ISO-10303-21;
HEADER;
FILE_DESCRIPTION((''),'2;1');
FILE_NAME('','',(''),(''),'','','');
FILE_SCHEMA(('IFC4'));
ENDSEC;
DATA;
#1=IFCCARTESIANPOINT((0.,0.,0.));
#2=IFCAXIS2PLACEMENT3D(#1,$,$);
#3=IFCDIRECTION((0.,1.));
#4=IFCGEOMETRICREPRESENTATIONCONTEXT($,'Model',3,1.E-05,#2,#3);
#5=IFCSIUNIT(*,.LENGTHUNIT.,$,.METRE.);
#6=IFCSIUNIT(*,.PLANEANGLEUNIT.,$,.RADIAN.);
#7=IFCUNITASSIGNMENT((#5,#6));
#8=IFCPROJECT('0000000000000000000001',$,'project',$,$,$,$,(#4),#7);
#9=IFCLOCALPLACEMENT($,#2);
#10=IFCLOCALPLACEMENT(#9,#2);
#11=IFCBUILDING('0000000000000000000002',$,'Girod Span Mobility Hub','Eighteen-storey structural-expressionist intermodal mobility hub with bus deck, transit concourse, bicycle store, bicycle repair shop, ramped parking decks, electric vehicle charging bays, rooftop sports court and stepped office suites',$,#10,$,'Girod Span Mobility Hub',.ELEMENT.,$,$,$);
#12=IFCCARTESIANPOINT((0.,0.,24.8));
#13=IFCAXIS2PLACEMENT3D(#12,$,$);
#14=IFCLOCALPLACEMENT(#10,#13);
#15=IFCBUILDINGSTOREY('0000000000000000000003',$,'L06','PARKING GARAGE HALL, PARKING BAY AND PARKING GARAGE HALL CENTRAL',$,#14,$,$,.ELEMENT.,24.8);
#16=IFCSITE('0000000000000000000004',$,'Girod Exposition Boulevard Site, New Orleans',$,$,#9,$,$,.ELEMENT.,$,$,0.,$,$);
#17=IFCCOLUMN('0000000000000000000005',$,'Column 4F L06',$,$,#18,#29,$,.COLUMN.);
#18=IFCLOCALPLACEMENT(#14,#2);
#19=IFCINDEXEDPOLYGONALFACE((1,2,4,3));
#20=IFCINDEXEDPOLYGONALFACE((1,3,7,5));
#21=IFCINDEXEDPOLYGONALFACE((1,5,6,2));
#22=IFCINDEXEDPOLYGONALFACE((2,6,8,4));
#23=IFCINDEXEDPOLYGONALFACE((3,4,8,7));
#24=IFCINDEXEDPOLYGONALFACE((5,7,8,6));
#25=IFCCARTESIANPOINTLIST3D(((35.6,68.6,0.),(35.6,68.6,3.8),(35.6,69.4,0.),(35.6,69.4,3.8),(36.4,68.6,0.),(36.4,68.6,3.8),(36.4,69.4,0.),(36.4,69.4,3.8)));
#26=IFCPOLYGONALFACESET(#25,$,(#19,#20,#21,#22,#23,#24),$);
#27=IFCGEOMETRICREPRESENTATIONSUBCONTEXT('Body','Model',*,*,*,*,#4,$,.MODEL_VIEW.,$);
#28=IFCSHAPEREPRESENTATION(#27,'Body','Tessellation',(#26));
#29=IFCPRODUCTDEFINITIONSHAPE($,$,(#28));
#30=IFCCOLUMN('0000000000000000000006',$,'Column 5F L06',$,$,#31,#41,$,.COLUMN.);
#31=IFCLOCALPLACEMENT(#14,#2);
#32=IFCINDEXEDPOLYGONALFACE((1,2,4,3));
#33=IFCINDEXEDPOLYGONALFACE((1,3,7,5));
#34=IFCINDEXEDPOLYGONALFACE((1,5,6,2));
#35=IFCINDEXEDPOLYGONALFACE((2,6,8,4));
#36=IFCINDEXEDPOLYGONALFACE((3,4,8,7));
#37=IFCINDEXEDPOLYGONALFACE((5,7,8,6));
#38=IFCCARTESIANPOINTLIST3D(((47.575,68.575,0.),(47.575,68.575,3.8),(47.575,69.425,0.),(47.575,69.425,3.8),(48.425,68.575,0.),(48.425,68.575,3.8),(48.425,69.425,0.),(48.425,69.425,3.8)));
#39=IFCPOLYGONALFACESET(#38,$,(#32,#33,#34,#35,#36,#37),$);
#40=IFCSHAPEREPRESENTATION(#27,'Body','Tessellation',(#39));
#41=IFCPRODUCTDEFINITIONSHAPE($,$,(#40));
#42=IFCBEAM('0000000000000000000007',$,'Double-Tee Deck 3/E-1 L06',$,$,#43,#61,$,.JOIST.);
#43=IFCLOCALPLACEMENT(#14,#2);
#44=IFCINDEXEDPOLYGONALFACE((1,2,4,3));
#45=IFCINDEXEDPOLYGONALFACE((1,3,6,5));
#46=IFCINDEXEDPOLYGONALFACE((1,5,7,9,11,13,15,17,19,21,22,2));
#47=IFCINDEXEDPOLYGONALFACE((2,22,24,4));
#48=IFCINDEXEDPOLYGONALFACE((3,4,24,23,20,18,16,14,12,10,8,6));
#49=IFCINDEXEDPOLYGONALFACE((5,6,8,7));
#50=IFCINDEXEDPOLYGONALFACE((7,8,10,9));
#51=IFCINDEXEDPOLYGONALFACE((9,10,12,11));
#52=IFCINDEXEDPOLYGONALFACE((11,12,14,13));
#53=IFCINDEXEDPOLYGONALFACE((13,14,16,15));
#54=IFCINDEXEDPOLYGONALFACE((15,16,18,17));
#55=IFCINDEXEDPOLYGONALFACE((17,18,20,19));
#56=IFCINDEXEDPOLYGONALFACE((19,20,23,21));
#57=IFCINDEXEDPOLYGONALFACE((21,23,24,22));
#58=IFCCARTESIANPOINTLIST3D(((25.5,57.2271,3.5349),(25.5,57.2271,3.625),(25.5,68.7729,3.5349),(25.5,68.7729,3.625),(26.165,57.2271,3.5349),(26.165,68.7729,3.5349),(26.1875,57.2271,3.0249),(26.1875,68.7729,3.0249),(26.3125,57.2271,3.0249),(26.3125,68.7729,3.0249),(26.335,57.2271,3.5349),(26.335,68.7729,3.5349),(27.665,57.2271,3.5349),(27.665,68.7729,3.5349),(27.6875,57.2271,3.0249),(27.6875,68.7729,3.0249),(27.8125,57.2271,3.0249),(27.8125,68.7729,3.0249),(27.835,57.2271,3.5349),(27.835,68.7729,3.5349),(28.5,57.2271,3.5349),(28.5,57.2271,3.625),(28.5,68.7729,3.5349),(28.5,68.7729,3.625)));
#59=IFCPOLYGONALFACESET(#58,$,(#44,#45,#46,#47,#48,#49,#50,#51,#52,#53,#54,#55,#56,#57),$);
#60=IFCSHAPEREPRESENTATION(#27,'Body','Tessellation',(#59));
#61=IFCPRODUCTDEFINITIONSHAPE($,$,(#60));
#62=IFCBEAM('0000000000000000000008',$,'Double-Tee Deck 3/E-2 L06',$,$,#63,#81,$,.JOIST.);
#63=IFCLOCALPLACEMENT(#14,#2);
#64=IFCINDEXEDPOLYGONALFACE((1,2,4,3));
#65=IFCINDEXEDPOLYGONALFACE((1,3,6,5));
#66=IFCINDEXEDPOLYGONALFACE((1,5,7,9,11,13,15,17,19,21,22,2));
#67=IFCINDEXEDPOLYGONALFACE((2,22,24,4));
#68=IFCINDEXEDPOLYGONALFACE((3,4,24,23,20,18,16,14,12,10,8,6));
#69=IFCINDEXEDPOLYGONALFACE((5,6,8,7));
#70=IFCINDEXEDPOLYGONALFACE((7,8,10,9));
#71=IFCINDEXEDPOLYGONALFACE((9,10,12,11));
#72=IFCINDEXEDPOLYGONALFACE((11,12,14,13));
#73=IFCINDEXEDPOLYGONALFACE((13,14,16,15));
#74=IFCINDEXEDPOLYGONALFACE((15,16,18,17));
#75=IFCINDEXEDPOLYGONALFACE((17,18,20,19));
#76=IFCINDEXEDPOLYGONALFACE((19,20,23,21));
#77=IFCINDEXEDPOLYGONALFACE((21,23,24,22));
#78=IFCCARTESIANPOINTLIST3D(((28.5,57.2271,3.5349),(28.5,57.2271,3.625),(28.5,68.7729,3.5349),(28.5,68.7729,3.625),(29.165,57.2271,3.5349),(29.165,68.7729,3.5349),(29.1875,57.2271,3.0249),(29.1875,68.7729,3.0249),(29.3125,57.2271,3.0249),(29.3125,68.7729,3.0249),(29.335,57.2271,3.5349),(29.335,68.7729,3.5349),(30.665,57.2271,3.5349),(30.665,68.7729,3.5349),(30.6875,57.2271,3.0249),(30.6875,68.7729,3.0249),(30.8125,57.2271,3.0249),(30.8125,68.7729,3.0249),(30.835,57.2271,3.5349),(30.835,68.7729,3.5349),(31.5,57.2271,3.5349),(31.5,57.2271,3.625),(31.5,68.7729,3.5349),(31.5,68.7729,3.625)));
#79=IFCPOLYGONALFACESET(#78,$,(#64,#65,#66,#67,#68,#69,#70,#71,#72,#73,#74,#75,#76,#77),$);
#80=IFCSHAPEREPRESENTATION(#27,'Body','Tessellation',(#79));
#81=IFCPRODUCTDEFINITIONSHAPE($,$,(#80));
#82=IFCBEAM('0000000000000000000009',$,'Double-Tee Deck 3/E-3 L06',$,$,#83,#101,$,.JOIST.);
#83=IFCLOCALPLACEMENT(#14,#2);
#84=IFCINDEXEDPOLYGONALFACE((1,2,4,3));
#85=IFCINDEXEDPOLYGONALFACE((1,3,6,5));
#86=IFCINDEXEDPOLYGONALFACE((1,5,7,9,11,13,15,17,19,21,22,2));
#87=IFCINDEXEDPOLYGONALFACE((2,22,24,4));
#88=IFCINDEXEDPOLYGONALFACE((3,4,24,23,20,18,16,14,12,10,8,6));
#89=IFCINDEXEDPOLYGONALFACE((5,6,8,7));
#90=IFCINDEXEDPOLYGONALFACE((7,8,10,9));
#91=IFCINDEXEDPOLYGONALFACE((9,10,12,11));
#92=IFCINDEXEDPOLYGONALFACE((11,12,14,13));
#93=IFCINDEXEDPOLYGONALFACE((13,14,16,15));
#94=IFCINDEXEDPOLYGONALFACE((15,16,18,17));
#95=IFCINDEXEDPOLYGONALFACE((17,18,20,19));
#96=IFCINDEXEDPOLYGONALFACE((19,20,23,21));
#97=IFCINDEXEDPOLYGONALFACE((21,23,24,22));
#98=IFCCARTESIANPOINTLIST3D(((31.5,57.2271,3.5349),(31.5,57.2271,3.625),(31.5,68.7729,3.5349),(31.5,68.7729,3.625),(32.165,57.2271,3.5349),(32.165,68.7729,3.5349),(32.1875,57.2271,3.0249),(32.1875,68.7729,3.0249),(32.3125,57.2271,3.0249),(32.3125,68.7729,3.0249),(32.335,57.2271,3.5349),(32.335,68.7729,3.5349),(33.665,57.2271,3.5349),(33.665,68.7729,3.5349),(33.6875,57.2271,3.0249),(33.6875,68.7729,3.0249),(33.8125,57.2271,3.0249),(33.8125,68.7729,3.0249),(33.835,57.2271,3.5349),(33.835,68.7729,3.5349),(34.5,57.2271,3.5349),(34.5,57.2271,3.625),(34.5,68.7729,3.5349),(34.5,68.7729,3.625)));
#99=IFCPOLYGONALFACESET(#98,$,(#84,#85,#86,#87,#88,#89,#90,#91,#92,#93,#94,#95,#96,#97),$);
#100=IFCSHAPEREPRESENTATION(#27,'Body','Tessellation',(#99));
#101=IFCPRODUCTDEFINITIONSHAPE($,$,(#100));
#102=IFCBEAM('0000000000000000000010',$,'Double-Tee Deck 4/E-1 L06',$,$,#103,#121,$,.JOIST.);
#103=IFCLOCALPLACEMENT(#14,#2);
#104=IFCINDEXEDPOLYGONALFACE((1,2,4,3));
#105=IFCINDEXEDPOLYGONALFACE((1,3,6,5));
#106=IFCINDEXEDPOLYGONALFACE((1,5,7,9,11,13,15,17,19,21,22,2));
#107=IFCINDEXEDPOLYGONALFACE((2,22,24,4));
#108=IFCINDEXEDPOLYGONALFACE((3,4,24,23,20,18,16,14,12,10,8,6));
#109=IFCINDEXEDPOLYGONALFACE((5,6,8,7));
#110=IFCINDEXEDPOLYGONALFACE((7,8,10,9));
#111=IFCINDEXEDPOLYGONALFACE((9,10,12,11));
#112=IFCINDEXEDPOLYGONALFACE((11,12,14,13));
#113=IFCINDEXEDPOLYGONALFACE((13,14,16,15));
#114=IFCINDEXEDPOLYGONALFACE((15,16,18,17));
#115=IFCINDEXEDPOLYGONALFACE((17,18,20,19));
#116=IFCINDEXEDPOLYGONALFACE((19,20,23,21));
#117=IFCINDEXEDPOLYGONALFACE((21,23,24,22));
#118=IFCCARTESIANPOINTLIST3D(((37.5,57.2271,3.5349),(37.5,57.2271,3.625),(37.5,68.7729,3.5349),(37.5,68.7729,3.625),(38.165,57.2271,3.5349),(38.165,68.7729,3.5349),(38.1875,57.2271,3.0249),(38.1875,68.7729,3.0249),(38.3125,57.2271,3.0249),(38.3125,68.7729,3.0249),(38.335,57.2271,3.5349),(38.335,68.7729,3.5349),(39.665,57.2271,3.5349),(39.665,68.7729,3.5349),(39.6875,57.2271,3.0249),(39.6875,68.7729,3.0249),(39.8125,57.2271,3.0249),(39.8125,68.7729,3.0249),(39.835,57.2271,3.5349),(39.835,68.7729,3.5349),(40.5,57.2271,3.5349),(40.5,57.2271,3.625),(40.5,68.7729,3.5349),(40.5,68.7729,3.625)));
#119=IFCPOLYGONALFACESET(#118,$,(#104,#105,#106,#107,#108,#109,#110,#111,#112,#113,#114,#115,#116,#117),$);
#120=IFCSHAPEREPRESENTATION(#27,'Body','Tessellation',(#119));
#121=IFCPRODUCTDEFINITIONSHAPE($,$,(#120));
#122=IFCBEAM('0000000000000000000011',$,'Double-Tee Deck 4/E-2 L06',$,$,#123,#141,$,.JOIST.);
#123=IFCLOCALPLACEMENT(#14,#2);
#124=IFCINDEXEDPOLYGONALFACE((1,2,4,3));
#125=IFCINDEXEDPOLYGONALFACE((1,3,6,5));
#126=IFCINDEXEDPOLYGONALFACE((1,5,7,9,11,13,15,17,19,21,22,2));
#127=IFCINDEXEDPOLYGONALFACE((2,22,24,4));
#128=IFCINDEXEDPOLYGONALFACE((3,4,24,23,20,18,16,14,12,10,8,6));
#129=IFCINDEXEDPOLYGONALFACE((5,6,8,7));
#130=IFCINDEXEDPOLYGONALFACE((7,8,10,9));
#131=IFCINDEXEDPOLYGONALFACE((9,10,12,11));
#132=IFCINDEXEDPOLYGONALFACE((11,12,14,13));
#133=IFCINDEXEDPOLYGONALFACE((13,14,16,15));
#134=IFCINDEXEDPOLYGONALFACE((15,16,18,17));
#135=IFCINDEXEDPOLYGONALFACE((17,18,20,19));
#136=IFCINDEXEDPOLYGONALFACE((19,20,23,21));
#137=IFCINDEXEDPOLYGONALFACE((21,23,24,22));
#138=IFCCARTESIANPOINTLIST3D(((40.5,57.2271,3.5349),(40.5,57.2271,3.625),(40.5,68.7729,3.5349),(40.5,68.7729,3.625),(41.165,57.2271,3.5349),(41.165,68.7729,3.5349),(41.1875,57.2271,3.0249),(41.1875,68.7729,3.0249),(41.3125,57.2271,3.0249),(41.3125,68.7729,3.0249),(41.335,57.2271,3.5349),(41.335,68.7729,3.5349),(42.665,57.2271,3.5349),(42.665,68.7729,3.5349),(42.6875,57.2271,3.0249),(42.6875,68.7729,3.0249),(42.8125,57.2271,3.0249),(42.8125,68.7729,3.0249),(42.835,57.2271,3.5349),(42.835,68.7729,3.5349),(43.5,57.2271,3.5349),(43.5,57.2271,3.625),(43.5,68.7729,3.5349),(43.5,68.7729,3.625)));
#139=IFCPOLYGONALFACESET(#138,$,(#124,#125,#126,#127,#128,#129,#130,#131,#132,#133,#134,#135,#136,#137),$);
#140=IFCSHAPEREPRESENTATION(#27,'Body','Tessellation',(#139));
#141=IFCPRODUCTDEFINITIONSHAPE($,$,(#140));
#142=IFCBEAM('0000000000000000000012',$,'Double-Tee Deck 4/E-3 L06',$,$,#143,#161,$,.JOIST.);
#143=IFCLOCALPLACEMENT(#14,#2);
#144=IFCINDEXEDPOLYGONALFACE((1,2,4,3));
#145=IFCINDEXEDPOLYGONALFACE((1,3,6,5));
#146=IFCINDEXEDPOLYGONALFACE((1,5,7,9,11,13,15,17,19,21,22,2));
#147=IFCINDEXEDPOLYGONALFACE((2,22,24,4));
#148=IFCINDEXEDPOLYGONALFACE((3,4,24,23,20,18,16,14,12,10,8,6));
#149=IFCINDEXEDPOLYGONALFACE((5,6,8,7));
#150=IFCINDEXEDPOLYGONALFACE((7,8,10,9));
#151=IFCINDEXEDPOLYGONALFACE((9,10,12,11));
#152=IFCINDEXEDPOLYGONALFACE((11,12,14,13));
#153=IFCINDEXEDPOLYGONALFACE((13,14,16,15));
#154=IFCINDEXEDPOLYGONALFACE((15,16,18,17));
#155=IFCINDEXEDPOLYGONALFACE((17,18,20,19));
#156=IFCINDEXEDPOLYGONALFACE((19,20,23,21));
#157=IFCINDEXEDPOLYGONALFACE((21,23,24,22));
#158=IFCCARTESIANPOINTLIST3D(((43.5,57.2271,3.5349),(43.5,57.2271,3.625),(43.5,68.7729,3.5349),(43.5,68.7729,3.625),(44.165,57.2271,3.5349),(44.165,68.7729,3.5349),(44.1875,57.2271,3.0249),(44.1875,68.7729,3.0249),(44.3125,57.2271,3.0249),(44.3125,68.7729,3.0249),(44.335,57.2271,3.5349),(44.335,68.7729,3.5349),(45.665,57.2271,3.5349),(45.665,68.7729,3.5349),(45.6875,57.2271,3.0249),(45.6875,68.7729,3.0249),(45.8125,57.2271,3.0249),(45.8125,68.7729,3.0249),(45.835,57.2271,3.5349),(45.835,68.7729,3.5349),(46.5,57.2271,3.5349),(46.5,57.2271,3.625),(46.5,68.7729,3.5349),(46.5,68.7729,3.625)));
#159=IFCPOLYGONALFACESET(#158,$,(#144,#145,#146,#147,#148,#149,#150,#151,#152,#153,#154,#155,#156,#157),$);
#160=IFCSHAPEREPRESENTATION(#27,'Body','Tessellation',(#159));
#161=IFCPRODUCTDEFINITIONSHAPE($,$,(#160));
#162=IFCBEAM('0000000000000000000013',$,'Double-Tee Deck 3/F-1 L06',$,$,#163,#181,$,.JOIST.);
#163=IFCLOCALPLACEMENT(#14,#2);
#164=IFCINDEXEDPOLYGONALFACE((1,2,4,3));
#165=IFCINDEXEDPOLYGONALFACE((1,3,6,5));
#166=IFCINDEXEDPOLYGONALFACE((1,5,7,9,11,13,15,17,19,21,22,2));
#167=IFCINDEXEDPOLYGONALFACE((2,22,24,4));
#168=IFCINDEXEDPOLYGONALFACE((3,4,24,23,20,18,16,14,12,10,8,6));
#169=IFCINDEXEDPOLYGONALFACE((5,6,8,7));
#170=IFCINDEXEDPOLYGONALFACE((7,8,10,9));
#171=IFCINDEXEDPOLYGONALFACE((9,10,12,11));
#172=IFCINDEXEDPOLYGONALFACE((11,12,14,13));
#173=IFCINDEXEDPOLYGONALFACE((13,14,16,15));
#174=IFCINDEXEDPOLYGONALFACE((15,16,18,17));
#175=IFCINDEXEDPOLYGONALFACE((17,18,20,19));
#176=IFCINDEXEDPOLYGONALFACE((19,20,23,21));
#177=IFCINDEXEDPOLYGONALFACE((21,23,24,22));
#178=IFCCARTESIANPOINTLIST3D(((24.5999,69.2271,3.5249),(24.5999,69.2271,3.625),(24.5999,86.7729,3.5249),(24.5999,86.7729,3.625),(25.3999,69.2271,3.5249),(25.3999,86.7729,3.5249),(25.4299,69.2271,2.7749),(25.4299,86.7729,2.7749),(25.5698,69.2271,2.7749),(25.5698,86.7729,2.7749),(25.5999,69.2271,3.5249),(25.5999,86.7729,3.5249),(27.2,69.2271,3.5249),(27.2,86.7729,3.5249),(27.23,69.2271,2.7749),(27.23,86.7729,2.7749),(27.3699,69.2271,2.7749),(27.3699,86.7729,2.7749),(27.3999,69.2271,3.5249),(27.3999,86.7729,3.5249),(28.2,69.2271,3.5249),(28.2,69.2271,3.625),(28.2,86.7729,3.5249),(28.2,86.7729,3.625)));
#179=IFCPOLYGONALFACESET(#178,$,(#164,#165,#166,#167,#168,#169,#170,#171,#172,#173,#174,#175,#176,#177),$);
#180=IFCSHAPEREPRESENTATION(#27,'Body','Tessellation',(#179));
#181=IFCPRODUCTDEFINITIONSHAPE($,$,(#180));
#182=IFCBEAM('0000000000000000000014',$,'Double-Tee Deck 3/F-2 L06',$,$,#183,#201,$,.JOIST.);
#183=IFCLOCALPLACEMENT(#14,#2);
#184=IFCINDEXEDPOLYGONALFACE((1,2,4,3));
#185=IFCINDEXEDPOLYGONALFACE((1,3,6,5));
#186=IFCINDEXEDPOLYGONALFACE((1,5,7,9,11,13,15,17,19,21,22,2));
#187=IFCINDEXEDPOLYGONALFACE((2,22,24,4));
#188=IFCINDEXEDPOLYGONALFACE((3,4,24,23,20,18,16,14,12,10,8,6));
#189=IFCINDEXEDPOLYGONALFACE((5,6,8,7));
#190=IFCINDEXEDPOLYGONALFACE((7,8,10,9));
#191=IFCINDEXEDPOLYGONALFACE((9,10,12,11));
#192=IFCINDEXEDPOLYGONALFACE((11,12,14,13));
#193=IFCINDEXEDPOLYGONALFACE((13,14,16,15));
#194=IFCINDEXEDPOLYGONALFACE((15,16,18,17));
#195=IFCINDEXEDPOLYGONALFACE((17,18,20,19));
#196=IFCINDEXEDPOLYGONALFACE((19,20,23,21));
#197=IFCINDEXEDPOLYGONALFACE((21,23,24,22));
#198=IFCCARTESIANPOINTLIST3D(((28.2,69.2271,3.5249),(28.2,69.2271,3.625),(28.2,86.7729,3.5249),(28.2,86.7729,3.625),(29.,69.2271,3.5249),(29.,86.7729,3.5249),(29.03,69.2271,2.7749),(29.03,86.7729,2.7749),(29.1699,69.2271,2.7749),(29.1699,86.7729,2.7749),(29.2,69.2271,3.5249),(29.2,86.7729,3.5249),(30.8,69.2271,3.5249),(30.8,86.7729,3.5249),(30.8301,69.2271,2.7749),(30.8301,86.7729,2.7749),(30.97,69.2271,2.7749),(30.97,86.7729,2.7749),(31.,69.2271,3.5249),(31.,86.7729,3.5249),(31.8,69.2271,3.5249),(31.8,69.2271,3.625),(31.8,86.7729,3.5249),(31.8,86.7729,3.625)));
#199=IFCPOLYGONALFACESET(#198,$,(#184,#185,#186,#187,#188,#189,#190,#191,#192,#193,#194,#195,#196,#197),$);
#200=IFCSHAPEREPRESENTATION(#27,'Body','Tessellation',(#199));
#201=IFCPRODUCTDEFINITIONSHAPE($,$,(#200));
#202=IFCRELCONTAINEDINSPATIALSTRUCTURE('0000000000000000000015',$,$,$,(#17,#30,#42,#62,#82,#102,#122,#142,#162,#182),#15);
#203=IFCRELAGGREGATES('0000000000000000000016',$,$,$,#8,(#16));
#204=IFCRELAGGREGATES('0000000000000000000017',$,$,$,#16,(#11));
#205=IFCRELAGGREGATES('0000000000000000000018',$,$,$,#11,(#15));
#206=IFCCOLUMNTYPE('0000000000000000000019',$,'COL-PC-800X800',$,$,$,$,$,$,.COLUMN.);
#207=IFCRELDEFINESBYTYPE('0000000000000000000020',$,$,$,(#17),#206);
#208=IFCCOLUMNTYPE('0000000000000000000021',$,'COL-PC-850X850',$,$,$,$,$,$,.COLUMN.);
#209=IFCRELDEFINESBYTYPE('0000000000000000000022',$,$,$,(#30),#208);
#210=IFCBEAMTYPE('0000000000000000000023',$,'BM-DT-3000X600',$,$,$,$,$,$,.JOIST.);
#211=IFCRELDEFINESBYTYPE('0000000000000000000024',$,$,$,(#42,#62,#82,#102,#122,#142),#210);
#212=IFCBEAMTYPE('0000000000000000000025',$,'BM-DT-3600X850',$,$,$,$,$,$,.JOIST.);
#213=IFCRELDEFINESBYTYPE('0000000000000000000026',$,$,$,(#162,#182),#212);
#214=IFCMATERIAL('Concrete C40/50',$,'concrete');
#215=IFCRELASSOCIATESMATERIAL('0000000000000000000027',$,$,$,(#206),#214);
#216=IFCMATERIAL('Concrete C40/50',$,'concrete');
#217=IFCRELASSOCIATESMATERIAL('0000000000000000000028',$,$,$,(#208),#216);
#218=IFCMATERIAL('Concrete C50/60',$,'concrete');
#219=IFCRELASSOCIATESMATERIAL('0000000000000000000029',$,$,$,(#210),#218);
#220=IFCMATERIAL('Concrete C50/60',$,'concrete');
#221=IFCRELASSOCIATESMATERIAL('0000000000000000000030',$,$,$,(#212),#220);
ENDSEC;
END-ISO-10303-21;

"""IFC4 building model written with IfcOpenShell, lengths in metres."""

from ifc_helpers import new_model, si_unit, direction, frame, origin, origin_2d, place, context, subcontext, project, spatial, polyline, rectangle, outline, extrude, material, material_profile, profile_set, type_object, element, save


model = new_model("IFC4")

# Units and contexts
model_context = context("Model", 3, precision=1e-05, world=origin(), true_north=direction((0.0, 1.0)))
body_context = subcontext(model_context, "Body", "Model", "MODEL_VIEW")
ifc_project = project(units=[si_unit("LENGTHUNIT", "METRE"), si_unit("PLANEANGLEUNIT", "RADIAN")], contexts=[model_context])

# Site, building, storey
site_placement = place(None, origin())
site = spatial("IfcSite", under=ifc_project, at=site_placement, Name="Girod Exposition Boulevard Site, New Orleans", CompositionType="ELEMENT", RefElevation=0.0)
building_placement = place(site_placement, origin())
building = spatial("IfcBuilding", under=site, at=building_placement, Name="Girod Span Mobility Hub", Description="Eighteen-storey structural-expressionist intermodal mobility hub with bus deck, transit concourse, bicycle store, bicycle repair shop, ramped parking decks, electric vehicle charging bays, rooftop sports court and stepped office suites", LongName="Girod Span Mobility Hub", CompositionType="ELEMENT")
storey_placement = place(building_placement, frame((0.0, 0.0, 24.8)))
storey = spatial("IfcBuildingStorey", under=building, at=storey_placement, Name="L06", Description="PARKING GARAGE HALL, PARKING BAY AND PARKING GARAGE HALL CENTRAL", CompositionType="ELEMENT", Elevation=24.8)

# Columns
ifc_material_1 = material(Name="Concrete C40/50", Category="concrete")
ifc_material_profile_1 = material_profile(ifc_material_1, rectangle(XDim=0.8, YDim=0.8, at=origin_2d()), Name="PC-COL-800X800")
ifc_profile_set_1 = profile_set([ifc_material_profile_1], Name="Concrete C40/50")
column_type_1 = type_object("IfcColumnType", Name="COL-PC-800X800", PredefinedType="COLUMN", material=ifc_profile_set_1)
column_1_placement = place(storey_placement, frame((36.0, 69.0, 0.0), z_axis=(0.0, 0.0, 1.0), x_axis=(1.0, 0.0, 0.0)))
element("IfcColumn", 1, at=column_1_placement, inside=storey, type_object=column_type_1, Name="Column 4F L06", PredefinedType="COLUMN", context=body_context, shape_type="SweptSolid", body=[
    extrude(rectangle(XDim=0.8, YDim=0.8, at=origin_2d()), origin(), (0.0, 0.0, 1.0), 3.8),
])
ifc_material_2 = material(Name="Concrete C40/50", Category="concrete")
ifc_material_profile_2 = material_profile(ifc_material_2, rectangle(XDim=0.8501, YDim=0.8501, at=origin_2d()), Name="PC-COL-850X850")
ifc_profile_set_2 = profile_set([ifc_material_profile_2], Name="Concrete C40/50")
column_type_2 = type_object("IfcColumnType", Name="COL-PC-850X850", PredefinedType="COLUMN", material=ifc_profile_set_2)
column_2_placement = place(storey_placement, frame((48.0, 69.0, 0.0), z_axis=(0.0, 0.0, 1.0), x_axis=(1.0, 0.0, 0.0)))
element("IfcColumn", 2, at=column_2_placement, inside=storey, type_object=column_type_2, Name="Column 5F L06", PredefinedType="COLUMN", context=body_context, shape_type="SweptSolid", body=[
    extrude(rectangle(XDim=0.8501, YDim=0.8501, at=origin_2d()), origin(), (0.0, 0.0, 1.0), 3.8),
])

# Beams
ifc_material_3 = material(Name="Concrete C50/60", Category="concrete")
ifc_material_profile_3 = material_profile(ifc_material_3, outline(polyline([(-1.5, 0.3), (-1.5, 0.21), (-0.835, 0.21), (-0.8125, -0.3), (-0.6875, -0.3), (-0.665, 0.21), (0.665, 0.21), (0.6875, -0.3), (0.8125, -0.3), (0.835, 0.21), (1.5, 0.21), (1.5, 0.3), (-1.5, 0.3)])), Name="DT-3000X600")
ifc_profile_set_3 = profile_set([ifc_material_profile_3], Name="Concrete C50/60")
beam_type_1 = type_object("IfcBeamType", Name="BM-DT-3000X600", PredefinedType="JOIST", material=ifc_profile_set_3)
for number, where, z_axis, x_axis, name in (
    (3, (27.0, 57.2271, 3.325), (0.0, 1.0, 0.0), (-1.0, 0.0, 0.0), "Double-Tee Deck 3/E-1 L06"),
    (4, (30.0, 57.2271, 3.325), (0.0, 1.0, 0.0), (-1.0, 0.0, 0.0), "Double-Tee Deck 3/E-2 L06"),
    (5, (33.0, 57.2271, 3.325), (0.0, 1.0, 0.0), (-1.0, 0.0, 0.0), "Double-Tee Deck 3/E-3 L06"),
    (6, (39.0, 57.2271, 3.325), (0.0, 1.0, 0.0), (-1.0, 0.0, 0.0), "Double-Tee Deck 4/E-1 L06"),
    (7, (42.0, 57.2271, 3.325), (0.0, 1.0, 0.0), (-1.0, 0.0, 0.0), "Double-Tee Deck 4/E-2 L06"),
    (8, (45.0, 57.2271, 3.325), (0.0, 1.0, 0.0), (-1.0, 0.0, 0.0), "Double-Tee Deck 4/E-3 L06"),
):
    element("IfcBeam", number, at=place(storey_placement, frame(where, z_axis=z_axis, x_axis=x_axis)), inside=storey, type_object=beam_type_1, Name=name, PredefinedType="JOIST", context=body_context, shape_type="SweptSolid", body=[
        extrude(outline(polyline([(-1.5, 0.3), (-1.5, 0.21), (-0.835, 0.21), (-0.8125, -0.3), (-0.6875, -0.3), (-0.665, 0.21), (0.665, 0.21), (0.6875, -0.3), (0.8125, -0.3), (0.835, 0.21), (1.5, 0.21), (1.5, 0.3), (-1.5, 0.3)])), origin(), (0.0, 0.0, 1.0), 11.5459),
    ])
ifc_material_4 = material(Name="Concrete C50/60", Category="concrete")
ifc_material_profile_4 = material_profile(ifc_material_4, outline(polyline([(-1.8, 0.425), (-1.8, 0.325), (-1.0, 0.325), (-0.97, -0.425), (-0.8301, -0.425), (-0.8, 0.325), (0.8, 0.325), (0.8301, -0.425), (0.97, -0.425), (1.0, 0.325), (1.8, 0.325), (1.8, 0.425), (-1.8, 0.425)])), Name="DT-3600X850")
ifc_profile_set_4 = profile_set([ifc_material_profile_4], Name="Concrete C50/60")
beam_type_2 = type_object("IfcBeamType", Name="BM-DT-3600X850", PredefinedType="JOIST", material=ifc_profile_set_4)
for number, where, z_axis, x_axis, name in (
    (9, (26.3999, 69.2271, 3.2), (0.0, 1.0, 0.0), (-1.0, 0.0, 0.0), "Double-Tee Deck 3/F-1 L06"),
    (10, (30.0, 69.2271, 3.2), (0.0, 1.0, 0.0), (-1.0, 0.0, 0.0), "Double-Tee Deck 3/F-2 L06"),
):
    element("IfcBeam", number, at=place(storey_placement, frame(where, z_axis=z_axis, x_axis=x_axis)), inside=storey, type_object=beam_type_2, Name=name, PredefinedType="JOIST", context=body_context, shape_type="SweptSolid", body=[
        extrude(outline(polyline([(-1.8, 0.425), (-1.8, 0.325), (-1.0, 0.325), (-0.97, -0.425), (-0.8301, -0.425), (-0.8, 0.325), (0.8, 0.325), (0.8301, -0.425), (0.97, -0.425), (1.0, 0.325), (1.8, 0.325), (1.8, 0.425), (-1.8, 0.425)])), origin(), (0.0, 0.0, 1.0), 17.5459),
    ])

save(model, "model.ifc")
